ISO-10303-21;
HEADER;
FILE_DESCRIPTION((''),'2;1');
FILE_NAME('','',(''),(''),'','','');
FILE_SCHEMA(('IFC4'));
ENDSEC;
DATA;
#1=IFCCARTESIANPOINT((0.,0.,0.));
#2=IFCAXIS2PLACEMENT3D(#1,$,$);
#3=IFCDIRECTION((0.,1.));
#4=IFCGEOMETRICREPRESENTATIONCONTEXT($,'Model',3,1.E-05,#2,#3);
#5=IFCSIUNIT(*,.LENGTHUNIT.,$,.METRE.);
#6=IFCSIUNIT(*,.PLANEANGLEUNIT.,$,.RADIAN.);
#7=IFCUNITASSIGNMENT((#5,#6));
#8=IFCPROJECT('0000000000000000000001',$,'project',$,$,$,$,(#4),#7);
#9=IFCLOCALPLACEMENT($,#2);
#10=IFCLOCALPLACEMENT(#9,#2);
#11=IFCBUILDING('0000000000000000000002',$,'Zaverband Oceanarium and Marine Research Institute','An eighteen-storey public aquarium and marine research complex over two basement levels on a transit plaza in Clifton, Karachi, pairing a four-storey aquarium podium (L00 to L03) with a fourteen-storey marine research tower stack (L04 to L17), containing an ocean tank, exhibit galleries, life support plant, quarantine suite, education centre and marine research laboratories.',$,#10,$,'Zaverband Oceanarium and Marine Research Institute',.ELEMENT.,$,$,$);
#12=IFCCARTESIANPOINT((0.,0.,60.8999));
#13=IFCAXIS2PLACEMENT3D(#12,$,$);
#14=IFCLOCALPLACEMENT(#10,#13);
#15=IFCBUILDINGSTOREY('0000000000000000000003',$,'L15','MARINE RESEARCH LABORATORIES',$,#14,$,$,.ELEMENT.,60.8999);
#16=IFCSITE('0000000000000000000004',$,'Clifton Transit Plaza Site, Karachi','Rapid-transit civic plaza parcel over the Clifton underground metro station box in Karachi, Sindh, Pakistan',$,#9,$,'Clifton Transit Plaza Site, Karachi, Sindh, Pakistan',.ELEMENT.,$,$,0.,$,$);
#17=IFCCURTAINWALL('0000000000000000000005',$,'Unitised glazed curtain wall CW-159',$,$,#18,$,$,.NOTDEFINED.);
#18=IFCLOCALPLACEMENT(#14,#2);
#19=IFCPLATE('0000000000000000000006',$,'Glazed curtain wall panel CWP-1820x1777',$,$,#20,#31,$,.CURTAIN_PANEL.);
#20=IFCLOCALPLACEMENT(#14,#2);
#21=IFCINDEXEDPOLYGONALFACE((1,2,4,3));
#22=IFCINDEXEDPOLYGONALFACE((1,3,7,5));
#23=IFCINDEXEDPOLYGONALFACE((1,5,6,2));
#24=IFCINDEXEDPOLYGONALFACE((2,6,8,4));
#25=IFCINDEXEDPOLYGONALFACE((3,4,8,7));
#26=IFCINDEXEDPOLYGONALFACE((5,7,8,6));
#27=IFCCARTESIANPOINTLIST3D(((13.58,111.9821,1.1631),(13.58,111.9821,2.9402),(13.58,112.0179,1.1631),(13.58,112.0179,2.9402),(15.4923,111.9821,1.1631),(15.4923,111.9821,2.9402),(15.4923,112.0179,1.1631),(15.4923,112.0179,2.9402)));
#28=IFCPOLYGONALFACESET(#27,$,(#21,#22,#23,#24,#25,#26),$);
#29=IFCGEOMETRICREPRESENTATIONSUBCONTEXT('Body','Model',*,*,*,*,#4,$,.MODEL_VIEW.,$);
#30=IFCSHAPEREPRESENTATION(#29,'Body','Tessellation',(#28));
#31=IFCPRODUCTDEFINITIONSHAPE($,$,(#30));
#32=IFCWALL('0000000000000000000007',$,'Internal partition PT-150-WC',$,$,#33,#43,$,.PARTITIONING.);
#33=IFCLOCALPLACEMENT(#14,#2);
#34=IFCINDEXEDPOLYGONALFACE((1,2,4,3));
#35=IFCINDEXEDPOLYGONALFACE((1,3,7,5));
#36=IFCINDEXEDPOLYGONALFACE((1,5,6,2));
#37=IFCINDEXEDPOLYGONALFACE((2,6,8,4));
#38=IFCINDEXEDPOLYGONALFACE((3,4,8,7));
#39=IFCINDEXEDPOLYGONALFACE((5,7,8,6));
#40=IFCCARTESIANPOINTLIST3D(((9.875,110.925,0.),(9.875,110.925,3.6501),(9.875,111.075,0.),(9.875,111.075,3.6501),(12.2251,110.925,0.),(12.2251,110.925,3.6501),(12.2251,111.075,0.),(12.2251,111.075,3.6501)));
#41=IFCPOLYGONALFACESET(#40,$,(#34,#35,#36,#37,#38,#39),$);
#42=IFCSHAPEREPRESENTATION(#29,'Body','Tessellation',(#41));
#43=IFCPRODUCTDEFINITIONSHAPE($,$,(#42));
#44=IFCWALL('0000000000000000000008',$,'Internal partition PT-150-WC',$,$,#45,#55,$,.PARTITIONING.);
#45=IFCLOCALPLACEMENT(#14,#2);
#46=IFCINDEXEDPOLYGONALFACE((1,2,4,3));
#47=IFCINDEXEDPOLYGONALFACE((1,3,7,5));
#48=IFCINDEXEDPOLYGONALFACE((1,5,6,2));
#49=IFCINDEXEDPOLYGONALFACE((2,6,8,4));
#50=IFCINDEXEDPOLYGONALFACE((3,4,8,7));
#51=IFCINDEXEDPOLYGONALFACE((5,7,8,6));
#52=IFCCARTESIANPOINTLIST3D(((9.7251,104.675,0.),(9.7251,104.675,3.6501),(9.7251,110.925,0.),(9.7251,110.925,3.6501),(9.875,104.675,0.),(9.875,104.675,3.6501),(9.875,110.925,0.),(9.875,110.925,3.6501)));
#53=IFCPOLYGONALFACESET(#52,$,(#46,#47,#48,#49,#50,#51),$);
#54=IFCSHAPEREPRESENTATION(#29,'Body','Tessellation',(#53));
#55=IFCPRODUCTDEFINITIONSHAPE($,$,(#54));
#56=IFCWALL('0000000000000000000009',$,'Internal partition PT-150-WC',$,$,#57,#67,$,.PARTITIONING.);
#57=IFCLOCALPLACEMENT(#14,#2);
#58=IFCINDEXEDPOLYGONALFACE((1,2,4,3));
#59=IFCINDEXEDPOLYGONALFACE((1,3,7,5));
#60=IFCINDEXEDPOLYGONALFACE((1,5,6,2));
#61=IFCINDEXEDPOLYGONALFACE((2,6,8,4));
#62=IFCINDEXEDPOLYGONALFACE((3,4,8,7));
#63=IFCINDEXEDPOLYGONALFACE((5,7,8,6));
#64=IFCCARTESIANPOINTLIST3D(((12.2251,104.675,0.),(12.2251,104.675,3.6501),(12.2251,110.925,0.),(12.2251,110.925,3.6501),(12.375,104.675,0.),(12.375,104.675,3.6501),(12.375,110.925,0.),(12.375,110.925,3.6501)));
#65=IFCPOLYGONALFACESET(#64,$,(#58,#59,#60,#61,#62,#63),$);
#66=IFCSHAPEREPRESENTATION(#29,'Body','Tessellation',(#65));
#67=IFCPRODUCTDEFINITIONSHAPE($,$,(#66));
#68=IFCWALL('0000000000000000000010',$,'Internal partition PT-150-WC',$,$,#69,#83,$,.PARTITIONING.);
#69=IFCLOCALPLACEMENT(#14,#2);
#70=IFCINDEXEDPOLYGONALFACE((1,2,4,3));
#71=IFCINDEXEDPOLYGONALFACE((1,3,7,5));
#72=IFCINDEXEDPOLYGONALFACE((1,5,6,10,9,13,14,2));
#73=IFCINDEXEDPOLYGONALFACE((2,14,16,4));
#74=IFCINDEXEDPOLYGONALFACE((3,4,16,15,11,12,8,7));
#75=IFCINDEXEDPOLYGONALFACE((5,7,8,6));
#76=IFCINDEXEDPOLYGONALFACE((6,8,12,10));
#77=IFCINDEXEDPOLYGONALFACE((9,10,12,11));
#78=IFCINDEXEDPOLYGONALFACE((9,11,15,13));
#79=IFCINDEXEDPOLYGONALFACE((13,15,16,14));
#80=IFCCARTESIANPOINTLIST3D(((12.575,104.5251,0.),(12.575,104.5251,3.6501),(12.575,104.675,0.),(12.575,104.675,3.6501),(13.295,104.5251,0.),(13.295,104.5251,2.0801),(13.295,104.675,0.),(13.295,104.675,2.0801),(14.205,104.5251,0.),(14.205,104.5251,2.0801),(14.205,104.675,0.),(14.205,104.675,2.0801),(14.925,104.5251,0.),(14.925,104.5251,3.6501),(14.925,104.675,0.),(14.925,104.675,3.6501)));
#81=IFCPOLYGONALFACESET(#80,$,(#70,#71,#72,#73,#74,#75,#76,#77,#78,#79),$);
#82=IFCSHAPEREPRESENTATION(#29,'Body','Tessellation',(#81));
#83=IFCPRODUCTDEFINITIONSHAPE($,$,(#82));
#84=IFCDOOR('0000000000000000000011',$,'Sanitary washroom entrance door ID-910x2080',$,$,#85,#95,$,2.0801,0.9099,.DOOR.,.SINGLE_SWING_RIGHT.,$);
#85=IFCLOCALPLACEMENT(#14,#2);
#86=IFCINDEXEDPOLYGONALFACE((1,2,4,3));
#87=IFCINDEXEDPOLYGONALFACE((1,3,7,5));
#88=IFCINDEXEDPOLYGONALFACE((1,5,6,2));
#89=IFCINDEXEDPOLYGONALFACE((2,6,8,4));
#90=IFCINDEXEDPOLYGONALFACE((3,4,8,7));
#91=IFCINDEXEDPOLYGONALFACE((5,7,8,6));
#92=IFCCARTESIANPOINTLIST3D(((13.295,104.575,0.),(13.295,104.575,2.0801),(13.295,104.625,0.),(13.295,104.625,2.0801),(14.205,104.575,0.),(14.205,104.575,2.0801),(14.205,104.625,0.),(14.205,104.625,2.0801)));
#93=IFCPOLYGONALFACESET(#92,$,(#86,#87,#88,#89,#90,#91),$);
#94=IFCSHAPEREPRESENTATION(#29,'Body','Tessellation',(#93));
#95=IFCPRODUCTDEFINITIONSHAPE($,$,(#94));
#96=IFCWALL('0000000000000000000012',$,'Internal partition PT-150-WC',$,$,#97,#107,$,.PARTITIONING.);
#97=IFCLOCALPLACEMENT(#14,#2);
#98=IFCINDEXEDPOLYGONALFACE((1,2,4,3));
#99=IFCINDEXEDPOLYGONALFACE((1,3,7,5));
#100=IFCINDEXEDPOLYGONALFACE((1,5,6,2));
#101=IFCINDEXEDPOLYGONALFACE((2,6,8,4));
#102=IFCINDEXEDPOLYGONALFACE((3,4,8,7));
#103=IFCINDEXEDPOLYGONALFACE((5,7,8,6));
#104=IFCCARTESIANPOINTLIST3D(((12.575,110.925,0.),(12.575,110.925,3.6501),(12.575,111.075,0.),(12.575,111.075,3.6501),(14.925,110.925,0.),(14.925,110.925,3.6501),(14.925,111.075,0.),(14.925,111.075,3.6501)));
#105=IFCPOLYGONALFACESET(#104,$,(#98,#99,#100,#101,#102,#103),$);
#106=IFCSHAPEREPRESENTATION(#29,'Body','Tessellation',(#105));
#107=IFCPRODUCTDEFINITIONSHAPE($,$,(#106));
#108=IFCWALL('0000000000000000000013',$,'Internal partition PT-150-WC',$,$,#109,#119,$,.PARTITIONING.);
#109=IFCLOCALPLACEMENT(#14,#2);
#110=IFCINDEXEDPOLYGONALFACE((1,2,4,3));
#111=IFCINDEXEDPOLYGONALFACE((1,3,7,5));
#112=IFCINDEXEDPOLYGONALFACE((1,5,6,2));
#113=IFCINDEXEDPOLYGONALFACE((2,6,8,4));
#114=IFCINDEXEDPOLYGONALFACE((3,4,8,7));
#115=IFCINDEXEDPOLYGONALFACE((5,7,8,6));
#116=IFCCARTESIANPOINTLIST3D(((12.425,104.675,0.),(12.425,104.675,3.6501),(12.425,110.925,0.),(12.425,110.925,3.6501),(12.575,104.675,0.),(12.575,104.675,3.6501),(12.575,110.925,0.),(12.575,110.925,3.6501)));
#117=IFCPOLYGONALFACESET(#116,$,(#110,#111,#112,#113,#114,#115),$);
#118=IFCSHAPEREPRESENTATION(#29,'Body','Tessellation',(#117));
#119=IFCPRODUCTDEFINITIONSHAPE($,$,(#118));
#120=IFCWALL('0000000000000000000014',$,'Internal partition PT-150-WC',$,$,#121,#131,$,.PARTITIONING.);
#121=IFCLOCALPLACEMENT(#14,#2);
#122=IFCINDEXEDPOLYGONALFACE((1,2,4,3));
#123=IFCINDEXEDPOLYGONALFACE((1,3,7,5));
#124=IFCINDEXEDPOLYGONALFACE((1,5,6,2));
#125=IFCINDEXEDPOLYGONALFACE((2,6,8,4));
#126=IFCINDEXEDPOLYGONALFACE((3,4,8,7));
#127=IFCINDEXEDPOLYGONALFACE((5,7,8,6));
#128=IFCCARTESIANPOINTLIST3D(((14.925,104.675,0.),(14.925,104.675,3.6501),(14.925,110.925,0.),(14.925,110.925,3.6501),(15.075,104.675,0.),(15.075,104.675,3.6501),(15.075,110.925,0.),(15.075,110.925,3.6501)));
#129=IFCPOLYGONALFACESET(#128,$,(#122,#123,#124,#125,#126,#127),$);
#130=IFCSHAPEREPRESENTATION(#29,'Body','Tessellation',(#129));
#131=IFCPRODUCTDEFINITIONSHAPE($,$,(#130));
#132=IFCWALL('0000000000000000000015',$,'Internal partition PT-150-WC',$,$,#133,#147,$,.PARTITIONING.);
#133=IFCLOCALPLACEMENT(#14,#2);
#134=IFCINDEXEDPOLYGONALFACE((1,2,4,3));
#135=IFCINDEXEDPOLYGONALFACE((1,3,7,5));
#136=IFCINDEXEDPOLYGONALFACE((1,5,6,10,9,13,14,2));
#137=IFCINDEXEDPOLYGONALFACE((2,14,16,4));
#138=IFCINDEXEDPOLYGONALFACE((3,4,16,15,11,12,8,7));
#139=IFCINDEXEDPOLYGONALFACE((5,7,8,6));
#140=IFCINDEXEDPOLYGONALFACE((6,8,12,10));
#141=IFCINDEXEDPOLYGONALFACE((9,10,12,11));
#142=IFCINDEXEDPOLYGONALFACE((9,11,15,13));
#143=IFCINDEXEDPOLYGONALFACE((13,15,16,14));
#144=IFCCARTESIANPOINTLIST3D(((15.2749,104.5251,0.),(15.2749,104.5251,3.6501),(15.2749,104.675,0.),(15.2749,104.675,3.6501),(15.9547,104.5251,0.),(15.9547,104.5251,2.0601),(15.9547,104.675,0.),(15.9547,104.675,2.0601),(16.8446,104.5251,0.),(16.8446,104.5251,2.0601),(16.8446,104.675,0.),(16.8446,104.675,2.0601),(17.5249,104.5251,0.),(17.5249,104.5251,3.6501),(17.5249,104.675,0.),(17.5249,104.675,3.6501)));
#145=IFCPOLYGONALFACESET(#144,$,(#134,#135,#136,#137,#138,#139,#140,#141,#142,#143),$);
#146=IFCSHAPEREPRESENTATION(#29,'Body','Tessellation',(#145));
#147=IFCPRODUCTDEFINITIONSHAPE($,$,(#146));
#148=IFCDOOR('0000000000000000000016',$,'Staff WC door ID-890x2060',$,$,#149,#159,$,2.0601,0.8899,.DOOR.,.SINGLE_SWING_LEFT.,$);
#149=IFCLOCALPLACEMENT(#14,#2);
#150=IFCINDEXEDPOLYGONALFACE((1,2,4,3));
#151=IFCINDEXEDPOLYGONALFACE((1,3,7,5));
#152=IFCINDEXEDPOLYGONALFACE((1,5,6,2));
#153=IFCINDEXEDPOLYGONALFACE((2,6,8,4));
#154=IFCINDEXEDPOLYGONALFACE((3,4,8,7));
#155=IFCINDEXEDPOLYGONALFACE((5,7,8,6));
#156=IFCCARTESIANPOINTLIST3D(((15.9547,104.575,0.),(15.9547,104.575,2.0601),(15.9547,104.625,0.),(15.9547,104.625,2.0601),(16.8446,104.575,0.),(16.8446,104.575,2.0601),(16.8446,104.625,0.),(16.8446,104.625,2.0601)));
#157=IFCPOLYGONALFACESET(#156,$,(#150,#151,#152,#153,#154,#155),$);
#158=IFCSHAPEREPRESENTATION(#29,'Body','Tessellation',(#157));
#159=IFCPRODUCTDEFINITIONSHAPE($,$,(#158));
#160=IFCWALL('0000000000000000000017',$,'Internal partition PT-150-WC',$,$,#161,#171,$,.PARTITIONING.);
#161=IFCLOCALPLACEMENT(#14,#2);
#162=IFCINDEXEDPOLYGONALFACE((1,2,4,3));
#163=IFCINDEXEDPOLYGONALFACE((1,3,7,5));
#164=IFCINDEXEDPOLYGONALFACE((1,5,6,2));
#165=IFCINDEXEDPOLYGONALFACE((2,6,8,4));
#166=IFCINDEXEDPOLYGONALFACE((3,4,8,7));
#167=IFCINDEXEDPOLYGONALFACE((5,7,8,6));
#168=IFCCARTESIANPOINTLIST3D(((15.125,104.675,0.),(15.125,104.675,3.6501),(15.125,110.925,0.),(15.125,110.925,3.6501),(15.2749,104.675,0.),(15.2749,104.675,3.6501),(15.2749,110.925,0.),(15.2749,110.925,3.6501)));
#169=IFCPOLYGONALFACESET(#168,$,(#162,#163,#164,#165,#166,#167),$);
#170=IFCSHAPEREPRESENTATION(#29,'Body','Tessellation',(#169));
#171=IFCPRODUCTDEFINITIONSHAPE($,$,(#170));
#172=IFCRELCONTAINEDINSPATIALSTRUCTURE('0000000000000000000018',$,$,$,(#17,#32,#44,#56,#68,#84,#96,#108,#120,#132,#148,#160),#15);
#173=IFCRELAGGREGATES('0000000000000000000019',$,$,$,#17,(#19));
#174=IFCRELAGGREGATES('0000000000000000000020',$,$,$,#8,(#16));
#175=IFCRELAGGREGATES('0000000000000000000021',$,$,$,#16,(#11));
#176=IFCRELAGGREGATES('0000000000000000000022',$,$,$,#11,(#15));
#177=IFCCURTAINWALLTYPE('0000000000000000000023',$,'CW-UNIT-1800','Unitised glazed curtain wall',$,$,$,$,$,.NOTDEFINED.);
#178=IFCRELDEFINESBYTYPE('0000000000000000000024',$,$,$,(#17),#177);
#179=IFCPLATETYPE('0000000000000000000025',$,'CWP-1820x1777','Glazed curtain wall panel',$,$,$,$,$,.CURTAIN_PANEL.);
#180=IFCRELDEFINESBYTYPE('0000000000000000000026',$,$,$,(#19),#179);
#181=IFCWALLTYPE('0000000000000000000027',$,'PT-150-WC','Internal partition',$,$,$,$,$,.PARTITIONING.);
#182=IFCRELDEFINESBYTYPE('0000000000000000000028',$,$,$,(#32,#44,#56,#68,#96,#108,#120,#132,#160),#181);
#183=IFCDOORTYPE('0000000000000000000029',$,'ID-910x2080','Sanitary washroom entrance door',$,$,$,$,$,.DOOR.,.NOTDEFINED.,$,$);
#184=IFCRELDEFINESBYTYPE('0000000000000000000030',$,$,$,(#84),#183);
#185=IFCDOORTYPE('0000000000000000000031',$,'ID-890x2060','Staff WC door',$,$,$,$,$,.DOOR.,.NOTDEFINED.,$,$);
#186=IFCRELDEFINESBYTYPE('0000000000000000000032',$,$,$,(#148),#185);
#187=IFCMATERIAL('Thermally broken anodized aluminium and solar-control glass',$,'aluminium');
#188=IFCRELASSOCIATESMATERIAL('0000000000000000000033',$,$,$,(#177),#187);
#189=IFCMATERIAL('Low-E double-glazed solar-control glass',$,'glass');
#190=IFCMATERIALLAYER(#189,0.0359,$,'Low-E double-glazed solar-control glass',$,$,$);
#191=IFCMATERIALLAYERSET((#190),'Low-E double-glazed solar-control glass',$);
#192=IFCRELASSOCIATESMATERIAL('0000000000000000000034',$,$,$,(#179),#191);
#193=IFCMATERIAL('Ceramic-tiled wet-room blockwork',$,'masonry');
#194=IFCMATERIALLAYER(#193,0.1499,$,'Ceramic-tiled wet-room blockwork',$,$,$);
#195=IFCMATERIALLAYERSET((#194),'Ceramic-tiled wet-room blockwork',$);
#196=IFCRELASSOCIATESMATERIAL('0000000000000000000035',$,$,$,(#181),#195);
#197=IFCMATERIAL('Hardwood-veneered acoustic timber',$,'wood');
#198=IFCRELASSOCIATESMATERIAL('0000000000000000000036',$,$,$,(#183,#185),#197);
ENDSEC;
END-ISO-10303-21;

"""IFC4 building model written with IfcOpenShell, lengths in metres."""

from ifc_helpers import new_model, si_unit, direction, frame, frame_2d, origin, place, context, subcontext, project, spatial, rectangle, extrude, material, layer, layer_set, type_object, element, fill, aggregate, save


model = new_model("IFC4")

# Units and contexts
model_context = context("Model", 3, precision=1e-05, world=origin(), true_north=direction((0.0, 1.0)))
body_context = subcontext(model_context, "Body", "Model", "MODEL_VIEW")
ifc_project = project(units=[si_unit("LENGTHUNIT", "METRE"), si_unit("PLANEANGLEUNIT", "RADIAN")], contexts=[model_context])

# Site, building, storey
site_placement = place(None, origin())
site = spatial("IfcSite", under=ifc_project, at=site_placement, Name="Clifton Transit Plaza Site, Karachi", Description="Rapid-transit civic plaza parcel over the Clifton underground metro station box in Karachi, Sindh, Pakistan", LongName="Clifton Transit Plaza Site, Karachi, Sindh, Pakistan", CompositionType="ELEMENT", RefElevation=0.0)
building_placement = place(site_placement, origin())
building = spatial("IfcBuilding", under=site, at=building_placement, Name="Zaverband Oceanarium and Marine Research Institute", Description="An eighteen-storey public aquarium and marine research complex over two basement levels on a transit plaza in Clifton, Karachi, pairing a four-storey aquarium podium (L00 to L03) with a fourteen-storey marine research tower stack (L04 to L17), containing an ocean tank, exhibit galleries, life support plant, quarantine suite, education centre and marine research laboratories.", LongName="Zaverband Oceanarium and Marine Research Institute", CompositionType="ELEMENT")
storey_placement = place(building_placement, frame((0.0, 0.0, 60.8999)))
storey = spatial("IfcBuildingStorey", under=building, at=storey_placement, Name="L15", Description="MARINE RESEARCH LABORATORIES", CompositionType="ELEMENT", Elevation=60.8999)

# Curtain wall
ifc_material_1 = material(Name="Thermally broken anodized aluminium and solar-control glass", Category="aluminium")
curtain_wall_type = type_object("IfcCurtainWallType", Name="CW-UNIT-1800", Description="Unitised glazed curtain wall", PredefinedType="NOTDEFINED", material=ifc_material_1)
curtain_wall_placement = place(storey_placement, origin())
curtain_wall = element("IfcCurtainWall", 1, at=curtain_wall_placement, inside=storey, type_object=curtain_wall_type, Name="Unitised glazed curtain wall CW-159", PredefinedType="NOTDEFINED")

# Plate
ifc_material_2 = material(Name="Low-E double-glazed solar-control glass", Category="glass")
ifc_layer_1 = layer(ifc_material_2, 0.0359, Name="Low-E double-glazed solar-control glass")
ifc_layer_set_1 = layer_set([ifc_layer_1], Name="Low-E double-glazed solar-control glass")
plate_type_1 = type_object("IfcPlateType", Name="CWP-1820x1777", Description="Glazed curtain wall panel", PredefinedType="CURTAIN_PANEL", material=ifc_layer_set_1)
plate_1_placement = place(storey_placement, frame((13.5801, 112.0, 1.1631), z_axis=(0.0, 0.0, 1.0), x_axis=(1.0, 0.0, 0.0)))
plate_1 = element("IfcPlate", 2, at=plate_1_placement, type_object=plate_type_1, Name="Glazed curtain wall panel CWP-1820x1777", PredefinedType="CURTAIN_PANEL", context=body_context, shape_type="SweptSolid", body=[
    extrude(rectangle(XDim=1.9124, YDim=0.0359, at=frame_2d((0.9561, 0.0))), origin(), (0.0, 0.0, 1.0), 1.7771),
])
aggregate(curtain_wall, [plate_1])

# Walls
ifc_material_3 = material(Name="Ceramic-tiled wet-room blockwork", Category="masonry")
ifc_layer_2 = layer(ifc_material_3, 0.1499, Name="Ceramic-tiled wet-room blockwork")
ifc_layer_set_2 = layer_set([ifc_layer_2], Name="Ceramic-tiled wet-room blockwork")
wall_type = type_object("IfcWallType", Name="PT-150-WC", Description="Internal partition", PredefinedType="PARTITIONING", material=ifc_layer_set_2)
wall_1_placement = place(storey_placement, frame((9.875, 111.0, 0.0), z_axis=(0.0, 0.0, 1.0), x_axis=(1.0, 0.0, 0.0)))
element("IfcWall", 3, at=wall_1_placement, inside=storey, type_object=wall_type, Name="Internal partition PT-150-WC", PredefinedType="PARTITIONING", context=body_context, shape_type="SweptSolid", body=[
    extrude(rectangle(XDim=2.3501, YDim=0.1499, at=frame_2d((1.175, 0.0))), origin(), (0.0, 0.0, 1.0), 3.6501),
])
for number, where, z_axis, x_axis, name in (
    (4, (9.8, 104.675, 0.0), (0.0, 0.0, 1.0), (0.0, 1.0, 0.0), "Internal partition PT-150-WC"),
    (5, (12.3, 104.675, 0.0), (0.0, 0.0, 1.0), (0.0, 1.0, 0.0), "Internal partition PT-150-WC"),
):
    element("IfcWall", number, at=place(storey_placement, frame(where, z_axis=z_axis, x_axis=x_axis)), inside=storey, type_object=wall_type, Name=name, PredefinedType="PARTITIONING", context=body_context, shape_type="SweptSolid", body=[
        extrude(rectangle(XDim=6.25, YDim=0.1499, at=frame_2d((3.125, 0.0))), origin(), (0.0, 0.0, 1.0), 3.6501),
    ])

# Wall, opening, door
wall_2_placement = place(storey_placement, frame((12.575, 104.6001, 0.0), z_axis=(0.0, 0.0, 1.0), x_axis=(1.0, 0.0, 0.0)))
wall_2 = element("IfcWall", 6, at=wall_2_placement, inside=storey, type_object=wall_type, Name="Internal partition PT-150-WC", PredefinedType="PARTITIONING", context=body_context, shape_type="SweptSolid", body=[
    extrude(rectangle(XDim=2.3501, YDim=0.1499, at=frame_2d((1.175, 0.0))), origin(), (0.0, 0.0, 1.0), 3.6501),
])
opening_1_placement = place(wall_2_placement, frame((0.72, 0.0, 0.0)))
opening_1 = element("IfcOpeningElement", 7, at=opening_1_placement, cuts=wall_2, PredefinedType="OPENING", context=body_context, shape_type="SweptSolid", body=[
    extrude(rectangle(XDim=0.9099, YDim=2.0801, at=frame_2d((0.4551, 1.04))), frame((0.0, 0.0869, 0.0), z_axis=(0.0, -1.0, 0.0), x_axis=(1.0, 0.0, 0.0)), (0.0, 0.0, 1.0), 0.1738),
])
ifc_material_4 = material(Name="Hardwood-veneered acoustic timber", Category="wood")
door_type_1 = type_object("IfcDoorType", Name="ID-910x2080", Description="Sanitary washroom entrance door", OperationType="NOTDEFINED", PredefinedType="DOOR", material=ifc_material_4)
door_1_placement = place(opening_1_placement, origin())
door_1 = element("IfcDoor", 8, at=door_1_placement, inside=storey, type_object=door_type_1, Name="Sanitary washroom entrance door ID-910x2080", OperationType="SINGLE_SWING_RIGHT", OverallHeight=2.0801, OverallWidth=0.9099, PredefinedType="DOOR", context=body_context, shape_type="SweptSolid", body=[
    extrude(rectangle(XDim=0.9099, YDim=2.0801, at=frame_2d((0.4551, 1.04))), frame((0.0, 0.0249, 0.0), z_axis=(0.0, -1.0, 0.0), x_axis=(1.0, 0.0, 0.0)), (0.0, 0.0, 1.0), 0.05),
])
fill(opening_1, door_1)

# Walls
wall_3_placement = place(storey_placement, frame((12.575, 111.0, 0.0), z_axis=(0.0, 0.0, 1.0), x_axis=(1.0, 0.0, 0.0)))
element("IfcWall", 9, at=wall_3_placement, inside=storey, type_object=wall_type, Name="Internal partition PT-150-WC", PredefinedType="PARTITIONING", context=body_context, shape_type="SweptSolid", body=[
    extrude(rectangle(XDim=2.3501, YDim=0.1499, at=frame_2d((1.175, 0.0))), origin(), (0.0, 0.0, 1.0), 3.6501),
])
for number, where, z_axis, x_axis, name in (
    (10, (12.5, 104.675, 0.0), (0.0, 0.0, 1.0), (0.0, 1.0, 0.0), "Internal partition PT-150-WC"),
    (11, (15.0, 104.675, 0.0), (0.0, 0.0, 1.0), (0.0, 1.0, 0.0), "Internal partition PT-150-WC"),
):
    element("IfcWall", number, at=place(storey_placement, frame(where, z_axis=z_axis, x_axis=x_axis)), inside=storey, type_object=wall_type, Name=name, PredefinedType="PARTITIONING", context=body_context, shape_type="SweptSolid", body=[
        extrude(rectangle(XDim=6.25, YDim=0.1499, at=frame_2d((3.125, 0.0))), origin(), (0.0, 0.0, 1.0), 3.6501),
    ])

# Wall, opening, door
wall_4_placement = place(storey_placement, frame((15.2749, 104.6001, 0.0), z_axis=(0.0, 0.0, 1.0), x_axis=(1.0, 0.0, 0.0)))
wall_4 = element("IfcWall", 12, at=wall_4_placement, inside=storey, type_object=wall_type, Name="Internal partition PT-150-WC", PredefinedType="PARTITIONING", context=body_context, shape_type="SweptSolid", body=[
    extrude(rectangle(XDim=2.25, YDim=0.1499, at=frame_2d((1.125, 0.0))), origin(), (0.0, 0.0, 1.0), 3.6501),
])
opening_2_placement = place(wall_4_placement, frame((0.6799, 0.0, 0.0)))
opening_2 = element("IfcOpeningElement", 13, at=opening_2_placement, cuts=wall_4, PredefinedType="OPENING", context=body_context, shape_type="SweptSolid", body=[
    extrude(rectangle(XDim=0.8899, YDim=2.0601, at=frame_2d((0.4448, 1.03))), frame((0.0, 0.0869, 0.0), z_axis=(0.0, -1.0, 0.0), x_axis=(1.0, 0.0, 0.0)), (0.0, 0.0, 1.0), 0.1738),
])
door_type_2 = type_object("IfcDoorType", Name="ID-890x2060", Description="Staff WC door", OperationType="NOTDEFINED", PredefinedType="DOOR", material=ifc_material_4)
door_2_placement = place(opening_2_placement, origin())
door_2 = element("IfcDoor", 14, at=door_2_placement, inside=storey, type_object=door_type_2, Name="Staff WC door ID-890x2060", OperationType="SINGLE_SWING_LEFT", OverallHeight=2.0601, OverallWidth=0.8899, PredefinedType="DOOR", context=body_context, shape_type="SweptSolid", body=[
    extrude(rectangle(XDim=0.8899, YDim=2.0601, at=frame_2d((0.4448, 1.03))), frame((0.0, 0.0249, 0.0), z_axis=(0.0, -1.0, 0.0), x_axis=(1.0, 0.0, 0.0)), (0.0, 0.0, 1.0), 0.05),
])
fill(opening_2, door_2)

# Wall
wall_5_placement = place(storey_placement, frame((15.2, 104.675, 0.0), z_axis=(0.0, 0.0, 1.0), x_axis=(0.0, 1.0, 0.0)))
element("IfcWall", 15, at=wall_5_placement, inside=storey, type_object=wall_type, Name="Internal partition PT-150-WC", PredefinedType="PARTITIONING", context=body_context, shape_type="SweptSolid", body=[
    extrude(rectangle(XDim=6.25, YDim=0.1499, at=frame_2d((3.125, 0.0))), origin(), (0.0, 0.0, 1.0), 3.6501),
])

save(model, "model.ifc")
